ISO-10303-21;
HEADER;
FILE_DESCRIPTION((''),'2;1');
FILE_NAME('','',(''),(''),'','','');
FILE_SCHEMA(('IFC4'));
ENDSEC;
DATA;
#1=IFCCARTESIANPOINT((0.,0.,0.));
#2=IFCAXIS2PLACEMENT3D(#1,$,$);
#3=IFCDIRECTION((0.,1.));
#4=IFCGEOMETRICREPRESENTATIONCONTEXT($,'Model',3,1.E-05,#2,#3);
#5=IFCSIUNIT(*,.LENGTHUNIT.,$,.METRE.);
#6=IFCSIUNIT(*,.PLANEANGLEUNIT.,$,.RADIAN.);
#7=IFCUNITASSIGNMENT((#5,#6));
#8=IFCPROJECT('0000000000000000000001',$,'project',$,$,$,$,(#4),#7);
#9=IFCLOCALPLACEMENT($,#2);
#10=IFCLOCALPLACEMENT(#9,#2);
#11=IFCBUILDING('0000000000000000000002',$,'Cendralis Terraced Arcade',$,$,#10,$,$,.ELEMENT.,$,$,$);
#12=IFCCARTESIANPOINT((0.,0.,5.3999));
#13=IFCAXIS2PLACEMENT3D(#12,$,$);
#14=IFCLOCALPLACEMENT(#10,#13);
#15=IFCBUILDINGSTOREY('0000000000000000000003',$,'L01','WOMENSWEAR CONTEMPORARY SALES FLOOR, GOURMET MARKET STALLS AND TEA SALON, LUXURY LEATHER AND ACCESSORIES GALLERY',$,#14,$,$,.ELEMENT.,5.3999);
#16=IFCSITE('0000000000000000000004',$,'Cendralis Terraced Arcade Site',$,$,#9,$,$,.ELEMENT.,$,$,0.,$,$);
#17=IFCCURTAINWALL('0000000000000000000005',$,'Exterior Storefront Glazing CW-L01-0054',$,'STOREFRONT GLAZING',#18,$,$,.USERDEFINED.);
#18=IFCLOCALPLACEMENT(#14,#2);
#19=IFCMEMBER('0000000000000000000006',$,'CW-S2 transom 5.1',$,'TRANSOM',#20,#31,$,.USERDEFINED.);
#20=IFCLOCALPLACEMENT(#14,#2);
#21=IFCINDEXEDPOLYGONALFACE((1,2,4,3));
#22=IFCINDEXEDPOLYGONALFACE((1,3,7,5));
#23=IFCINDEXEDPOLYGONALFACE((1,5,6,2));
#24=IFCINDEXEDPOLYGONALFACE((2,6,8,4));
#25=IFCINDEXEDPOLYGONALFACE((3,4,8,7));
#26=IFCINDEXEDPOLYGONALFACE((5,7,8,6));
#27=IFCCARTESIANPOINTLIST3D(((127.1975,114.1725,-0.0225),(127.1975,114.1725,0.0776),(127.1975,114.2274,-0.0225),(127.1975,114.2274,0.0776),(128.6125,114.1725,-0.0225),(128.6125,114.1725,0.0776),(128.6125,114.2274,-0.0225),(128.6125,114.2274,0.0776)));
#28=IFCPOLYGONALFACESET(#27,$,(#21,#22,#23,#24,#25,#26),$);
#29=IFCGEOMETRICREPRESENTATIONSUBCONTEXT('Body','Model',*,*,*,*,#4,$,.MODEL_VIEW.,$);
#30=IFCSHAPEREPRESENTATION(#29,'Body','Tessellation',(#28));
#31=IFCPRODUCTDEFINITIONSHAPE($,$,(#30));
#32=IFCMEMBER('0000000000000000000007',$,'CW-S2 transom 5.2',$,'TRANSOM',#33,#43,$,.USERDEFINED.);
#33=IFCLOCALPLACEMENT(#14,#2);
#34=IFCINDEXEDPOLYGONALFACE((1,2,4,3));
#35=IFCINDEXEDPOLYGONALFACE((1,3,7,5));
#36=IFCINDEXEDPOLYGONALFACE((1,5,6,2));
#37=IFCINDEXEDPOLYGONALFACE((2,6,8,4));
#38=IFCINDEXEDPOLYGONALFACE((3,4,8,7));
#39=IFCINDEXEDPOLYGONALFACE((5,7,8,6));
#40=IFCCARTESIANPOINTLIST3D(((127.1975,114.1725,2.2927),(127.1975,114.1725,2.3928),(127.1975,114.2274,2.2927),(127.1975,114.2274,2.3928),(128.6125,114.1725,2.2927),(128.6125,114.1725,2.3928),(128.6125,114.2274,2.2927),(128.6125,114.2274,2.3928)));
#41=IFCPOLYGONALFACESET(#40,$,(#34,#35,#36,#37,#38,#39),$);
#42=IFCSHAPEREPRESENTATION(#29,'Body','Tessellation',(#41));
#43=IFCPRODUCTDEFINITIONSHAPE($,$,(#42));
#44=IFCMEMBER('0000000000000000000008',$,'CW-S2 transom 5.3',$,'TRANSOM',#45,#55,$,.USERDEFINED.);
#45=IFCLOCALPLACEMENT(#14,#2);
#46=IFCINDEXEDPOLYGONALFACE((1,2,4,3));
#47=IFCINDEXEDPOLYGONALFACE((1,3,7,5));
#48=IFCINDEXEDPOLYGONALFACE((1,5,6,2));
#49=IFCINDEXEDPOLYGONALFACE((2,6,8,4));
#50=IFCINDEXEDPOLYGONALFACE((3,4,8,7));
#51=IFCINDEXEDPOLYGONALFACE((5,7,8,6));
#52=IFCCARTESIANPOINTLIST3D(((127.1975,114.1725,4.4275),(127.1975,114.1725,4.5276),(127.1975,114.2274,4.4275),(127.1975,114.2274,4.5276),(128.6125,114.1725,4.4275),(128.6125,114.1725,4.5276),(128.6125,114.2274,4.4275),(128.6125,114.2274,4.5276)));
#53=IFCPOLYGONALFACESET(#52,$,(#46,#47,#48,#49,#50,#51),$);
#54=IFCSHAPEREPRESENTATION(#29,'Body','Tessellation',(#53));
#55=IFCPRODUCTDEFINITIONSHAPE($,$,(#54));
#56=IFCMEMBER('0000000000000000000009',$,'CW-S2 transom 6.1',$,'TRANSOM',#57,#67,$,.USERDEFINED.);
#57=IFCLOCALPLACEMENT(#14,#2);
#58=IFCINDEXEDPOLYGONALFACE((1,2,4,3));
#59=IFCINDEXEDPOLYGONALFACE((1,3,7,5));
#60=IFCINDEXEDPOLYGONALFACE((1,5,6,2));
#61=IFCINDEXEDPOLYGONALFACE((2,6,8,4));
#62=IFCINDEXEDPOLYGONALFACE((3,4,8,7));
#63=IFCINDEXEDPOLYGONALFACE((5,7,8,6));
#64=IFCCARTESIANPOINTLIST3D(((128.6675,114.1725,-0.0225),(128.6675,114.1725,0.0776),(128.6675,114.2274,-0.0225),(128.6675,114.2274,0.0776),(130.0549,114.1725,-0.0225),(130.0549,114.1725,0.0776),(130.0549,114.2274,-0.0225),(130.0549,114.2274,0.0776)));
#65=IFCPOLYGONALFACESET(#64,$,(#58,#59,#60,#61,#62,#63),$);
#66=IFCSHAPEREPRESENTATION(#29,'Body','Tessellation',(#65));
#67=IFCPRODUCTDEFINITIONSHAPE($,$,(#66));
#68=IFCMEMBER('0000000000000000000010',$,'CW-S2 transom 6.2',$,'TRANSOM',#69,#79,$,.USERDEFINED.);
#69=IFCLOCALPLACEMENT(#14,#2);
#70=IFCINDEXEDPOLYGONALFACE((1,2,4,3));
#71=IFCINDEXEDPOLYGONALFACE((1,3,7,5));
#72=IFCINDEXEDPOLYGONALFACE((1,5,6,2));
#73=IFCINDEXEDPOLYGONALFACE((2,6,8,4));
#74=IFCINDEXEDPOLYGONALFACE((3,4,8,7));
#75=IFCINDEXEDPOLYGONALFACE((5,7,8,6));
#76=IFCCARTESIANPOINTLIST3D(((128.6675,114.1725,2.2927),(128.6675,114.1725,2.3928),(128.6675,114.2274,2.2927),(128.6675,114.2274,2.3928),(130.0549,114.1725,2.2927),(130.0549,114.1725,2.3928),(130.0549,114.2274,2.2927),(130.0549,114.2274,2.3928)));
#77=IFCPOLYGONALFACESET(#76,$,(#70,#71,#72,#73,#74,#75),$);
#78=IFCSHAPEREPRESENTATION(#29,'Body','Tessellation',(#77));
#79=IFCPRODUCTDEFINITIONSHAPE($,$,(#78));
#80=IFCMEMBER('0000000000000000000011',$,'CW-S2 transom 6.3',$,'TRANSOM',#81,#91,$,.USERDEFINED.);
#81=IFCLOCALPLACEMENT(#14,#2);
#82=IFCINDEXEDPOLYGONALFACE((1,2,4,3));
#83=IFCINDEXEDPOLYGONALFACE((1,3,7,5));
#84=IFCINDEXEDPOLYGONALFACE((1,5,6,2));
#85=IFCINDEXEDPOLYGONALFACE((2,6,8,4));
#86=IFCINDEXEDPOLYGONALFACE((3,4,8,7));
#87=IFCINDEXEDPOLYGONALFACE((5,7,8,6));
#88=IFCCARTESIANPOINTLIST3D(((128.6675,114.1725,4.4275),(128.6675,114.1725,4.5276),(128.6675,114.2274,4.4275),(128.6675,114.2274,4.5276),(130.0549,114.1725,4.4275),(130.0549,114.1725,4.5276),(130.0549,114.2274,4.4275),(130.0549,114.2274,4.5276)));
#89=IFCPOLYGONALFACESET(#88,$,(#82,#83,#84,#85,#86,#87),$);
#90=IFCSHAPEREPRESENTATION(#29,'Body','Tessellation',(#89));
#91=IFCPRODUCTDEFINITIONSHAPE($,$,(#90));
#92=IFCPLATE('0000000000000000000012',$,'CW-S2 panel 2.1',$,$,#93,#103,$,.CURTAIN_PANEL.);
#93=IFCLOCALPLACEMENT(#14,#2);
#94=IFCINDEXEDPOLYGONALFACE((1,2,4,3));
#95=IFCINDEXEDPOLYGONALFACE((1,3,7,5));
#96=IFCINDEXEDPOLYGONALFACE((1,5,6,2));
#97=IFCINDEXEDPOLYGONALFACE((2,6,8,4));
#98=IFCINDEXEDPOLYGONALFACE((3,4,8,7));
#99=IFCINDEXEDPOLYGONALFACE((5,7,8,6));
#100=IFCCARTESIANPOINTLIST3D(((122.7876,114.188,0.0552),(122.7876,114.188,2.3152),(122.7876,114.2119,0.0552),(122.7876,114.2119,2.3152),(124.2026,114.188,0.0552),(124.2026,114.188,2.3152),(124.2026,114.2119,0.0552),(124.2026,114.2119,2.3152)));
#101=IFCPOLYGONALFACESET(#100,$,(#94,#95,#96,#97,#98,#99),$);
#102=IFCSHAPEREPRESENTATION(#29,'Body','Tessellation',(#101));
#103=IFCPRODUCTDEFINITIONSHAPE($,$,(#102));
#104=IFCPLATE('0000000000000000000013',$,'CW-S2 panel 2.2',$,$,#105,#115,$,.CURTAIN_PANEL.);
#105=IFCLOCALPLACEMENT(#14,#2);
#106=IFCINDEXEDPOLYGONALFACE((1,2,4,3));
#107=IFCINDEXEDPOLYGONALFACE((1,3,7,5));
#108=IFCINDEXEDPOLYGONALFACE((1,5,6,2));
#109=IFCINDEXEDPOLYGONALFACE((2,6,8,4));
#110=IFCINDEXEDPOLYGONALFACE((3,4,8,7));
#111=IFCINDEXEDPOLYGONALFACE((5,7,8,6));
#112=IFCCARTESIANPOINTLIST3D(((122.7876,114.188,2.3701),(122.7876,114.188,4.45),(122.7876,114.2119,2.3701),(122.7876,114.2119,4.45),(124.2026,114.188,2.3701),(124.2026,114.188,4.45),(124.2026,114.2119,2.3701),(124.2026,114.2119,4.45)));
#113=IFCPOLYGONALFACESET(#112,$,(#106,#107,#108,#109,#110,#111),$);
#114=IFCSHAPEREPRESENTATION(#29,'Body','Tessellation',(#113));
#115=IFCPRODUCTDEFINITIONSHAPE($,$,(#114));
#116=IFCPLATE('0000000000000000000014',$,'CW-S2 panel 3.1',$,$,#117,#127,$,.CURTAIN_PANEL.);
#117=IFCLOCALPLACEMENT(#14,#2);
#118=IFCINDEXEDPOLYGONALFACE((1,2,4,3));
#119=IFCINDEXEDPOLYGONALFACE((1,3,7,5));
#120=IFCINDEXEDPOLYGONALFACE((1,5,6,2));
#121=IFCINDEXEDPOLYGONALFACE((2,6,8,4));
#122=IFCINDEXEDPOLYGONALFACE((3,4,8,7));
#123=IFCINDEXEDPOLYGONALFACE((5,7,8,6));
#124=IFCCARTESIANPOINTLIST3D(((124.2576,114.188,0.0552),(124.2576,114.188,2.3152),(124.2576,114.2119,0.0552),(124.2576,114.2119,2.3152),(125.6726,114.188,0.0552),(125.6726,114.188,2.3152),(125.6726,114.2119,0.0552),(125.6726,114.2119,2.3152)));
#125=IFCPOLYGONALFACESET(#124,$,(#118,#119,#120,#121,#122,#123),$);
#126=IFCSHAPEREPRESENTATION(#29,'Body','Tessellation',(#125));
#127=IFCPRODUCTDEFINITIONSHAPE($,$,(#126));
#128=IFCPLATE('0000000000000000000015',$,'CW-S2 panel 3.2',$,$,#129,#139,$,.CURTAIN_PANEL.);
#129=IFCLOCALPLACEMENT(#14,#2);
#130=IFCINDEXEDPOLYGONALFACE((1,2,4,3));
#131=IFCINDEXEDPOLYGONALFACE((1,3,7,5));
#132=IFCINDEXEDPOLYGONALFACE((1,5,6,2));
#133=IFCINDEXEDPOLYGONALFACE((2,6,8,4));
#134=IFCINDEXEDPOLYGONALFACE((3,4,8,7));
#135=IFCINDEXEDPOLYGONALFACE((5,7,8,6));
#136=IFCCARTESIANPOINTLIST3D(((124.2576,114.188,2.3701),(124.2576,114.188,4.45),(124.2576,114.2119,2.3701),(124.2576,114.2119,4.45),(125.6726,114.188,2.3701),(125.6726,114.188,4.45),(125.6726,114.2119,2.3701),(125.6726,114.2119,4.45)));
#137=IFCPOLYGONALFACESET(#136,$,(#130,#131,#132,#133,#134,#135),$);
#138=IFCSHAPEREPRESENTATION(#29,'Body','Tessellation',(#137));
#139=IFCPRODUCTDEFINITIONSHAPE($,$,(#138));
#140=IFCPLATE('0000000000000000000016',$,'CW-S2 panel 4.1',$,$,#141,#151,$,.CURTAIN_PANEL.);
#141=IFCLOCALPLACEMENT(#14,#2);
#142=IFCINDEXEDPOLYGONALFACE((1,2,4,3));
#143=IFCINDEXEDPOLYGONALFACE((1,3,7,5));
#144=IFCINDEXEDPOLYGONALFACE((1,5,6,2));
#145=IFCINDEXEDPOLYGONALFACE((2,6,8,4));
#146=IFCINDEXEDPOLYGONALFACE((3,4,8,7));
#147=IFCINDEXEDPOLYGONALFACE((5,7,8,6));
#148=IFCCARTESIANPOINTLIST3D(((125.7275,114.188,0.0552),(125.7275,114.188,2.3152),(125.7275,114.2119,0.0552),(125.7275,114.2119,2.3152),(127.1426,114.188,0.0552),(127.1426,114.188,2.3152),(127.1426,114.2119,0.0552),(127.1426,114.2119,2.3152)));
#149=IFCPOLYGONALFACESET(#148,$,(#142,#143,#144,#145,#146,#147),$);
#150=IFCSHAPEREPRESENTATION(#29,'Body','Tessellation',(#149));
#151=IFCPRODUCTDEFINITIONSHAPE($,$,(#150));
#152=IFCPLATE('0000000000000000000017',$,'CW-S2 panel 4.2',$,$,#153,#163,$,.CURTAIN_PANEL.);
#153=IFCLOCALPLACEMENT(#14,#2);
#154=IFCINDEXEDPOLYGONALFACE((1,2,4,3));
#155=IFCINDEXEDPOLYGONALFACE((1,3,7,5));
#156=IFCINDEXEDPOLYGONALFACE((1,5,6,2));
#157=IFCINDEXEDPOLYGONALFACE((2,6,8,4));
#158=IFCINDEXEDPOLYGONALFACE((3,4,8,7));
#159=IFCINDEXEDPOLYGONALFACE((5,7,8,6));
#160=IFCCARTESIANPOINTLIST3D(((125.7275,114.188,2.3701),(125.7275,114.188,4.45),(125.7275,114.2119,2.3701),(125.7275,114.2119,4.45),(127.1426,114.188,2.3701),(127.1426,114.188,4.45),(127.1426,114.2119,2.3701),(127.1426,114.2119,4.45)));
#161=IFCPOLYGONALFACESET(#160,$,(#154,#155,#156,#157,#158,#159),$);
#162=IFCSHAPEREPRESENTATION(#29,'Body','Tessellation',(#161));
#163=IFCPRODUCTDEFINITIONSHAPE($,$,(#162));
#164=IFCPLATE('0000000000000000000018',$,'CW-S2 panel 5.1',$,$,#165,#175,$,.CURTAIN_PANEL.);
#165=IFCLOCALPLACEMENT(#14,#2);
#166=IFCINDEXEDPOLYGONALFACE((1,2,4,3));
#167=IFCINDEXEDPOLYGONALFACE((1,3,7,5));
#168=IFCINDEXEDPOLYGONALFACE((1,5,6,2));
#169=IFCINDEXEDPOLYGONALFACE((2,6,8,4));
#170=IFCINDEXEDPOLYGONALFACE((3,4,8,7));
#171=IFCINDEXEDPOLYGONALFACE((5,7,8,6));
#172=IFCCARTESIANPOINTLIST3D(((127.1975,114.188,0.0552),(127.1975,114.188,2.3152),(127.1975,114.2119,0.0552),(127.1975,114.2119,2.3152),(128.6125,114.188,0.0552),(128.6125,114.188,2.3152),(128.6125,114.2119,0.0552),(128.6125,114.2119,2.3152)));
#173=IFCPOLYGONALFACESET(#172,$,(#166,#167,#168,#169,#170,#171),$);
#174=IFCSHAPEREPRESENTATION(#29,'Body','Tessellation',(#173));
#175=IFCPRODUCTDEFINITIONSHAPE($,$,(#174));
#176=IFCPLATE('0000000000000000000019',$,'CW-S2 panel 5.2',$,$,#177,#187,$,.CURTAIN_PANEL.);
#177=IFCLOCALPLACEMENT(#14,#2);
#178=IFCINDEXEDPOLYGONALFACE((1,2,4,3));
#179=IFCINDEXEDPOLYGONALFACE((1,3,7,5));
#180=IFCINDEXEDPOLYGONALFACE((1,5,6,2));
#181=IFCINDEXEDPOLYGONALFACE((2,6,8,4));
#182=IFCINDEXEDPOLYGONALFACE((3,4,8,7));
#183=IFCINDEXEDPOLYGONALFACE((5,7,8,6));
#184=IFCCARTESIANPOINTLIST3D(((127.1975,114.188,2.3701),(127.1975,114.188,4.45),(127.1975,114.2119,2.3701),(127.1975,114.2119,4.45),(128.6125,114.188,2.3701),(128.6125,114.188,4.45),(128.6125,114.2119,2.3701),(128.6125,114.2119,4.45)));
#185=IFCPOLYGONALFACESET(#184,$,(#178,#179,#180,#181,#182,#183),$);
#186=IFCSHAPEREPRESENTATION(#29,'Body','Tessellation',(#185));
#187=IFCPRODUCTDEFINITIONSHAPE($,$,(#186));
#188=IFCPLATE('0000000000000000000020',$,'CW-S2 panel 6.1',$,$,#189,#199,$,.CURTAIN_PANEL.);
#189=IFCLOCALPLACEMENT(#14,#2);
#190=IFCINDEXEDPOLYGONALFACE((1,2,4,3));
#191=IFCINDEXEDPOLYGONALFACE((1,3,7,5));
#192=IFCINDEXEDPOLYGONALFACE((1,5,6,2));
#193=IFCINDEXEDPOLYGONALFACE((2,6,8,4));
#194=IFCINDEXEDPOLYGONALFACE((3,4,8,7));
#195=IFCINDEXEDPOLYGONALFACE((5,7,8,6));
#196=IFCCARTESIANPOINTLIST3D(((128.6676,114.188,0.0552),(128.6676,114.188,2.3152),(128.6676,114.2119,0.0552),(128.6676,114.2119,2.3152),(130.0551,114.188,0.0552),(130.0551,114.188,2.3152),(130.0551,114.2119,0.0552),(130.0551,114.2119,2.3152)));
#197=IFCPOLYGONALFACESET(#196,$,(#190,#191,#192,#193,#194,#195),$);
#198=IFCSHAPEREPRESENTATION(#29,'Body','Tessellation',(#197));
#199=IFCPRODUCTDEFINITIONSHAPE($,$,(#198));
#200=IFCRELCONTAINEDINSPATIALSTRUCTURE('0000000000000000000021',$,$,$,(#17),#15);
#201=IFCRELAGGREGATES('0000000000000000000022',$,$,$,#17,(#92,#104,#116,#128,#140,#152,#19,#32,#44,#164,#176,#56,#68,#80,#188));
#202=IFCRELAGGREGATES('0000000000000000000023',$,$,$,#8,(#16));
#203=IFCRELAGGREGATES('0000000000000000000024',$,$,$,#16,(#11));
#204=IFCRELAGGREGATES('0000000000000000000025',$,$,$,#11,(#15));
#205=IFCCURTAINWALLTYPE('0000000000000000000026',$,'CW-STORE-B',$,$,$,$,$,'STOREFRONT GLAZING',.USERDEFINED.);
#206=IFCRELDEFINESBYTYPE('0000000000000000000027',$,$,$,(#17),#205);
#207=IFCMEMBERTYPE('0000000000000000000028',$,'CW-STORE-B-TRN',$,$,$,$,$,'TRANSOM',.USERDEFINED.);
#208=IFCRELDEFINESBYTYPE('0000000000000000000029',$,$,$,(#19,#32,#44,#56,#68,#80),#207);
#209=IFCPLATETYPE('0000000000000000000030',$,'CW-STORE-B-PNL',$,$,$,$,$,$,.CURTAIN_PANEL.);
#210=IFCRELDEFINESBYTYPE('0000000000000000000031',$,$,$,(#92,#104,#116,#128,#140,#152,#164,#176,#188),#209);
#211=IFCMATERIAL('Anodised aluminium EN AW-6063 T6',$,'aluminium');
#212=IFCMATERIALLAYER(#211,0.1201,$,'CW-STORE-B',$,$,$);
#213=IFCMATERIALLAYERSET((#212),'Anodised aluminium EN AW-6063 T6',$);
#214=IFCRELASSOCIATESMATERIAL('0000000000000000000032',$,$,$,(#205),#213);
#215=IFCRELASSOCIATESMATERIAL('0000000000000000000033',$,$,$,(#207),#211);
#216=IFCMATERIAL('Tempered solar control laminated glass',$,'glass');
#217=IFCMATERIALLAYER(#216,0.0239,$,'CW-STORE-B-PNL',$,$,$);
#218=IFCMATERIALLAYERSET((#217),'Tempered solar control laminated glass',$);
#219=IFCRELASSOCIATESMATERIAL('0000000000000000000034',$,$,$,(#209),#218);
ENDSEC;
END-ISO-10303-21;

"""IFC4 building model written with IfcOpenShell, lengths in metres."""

from ifc_helpers import new_model, si_unit, direction, frame, origin, origin_2d, place, context, subcontext, project, spatial, rectangle, extrude, material, layer, layer_set, material_profile, profile_set, type_object, element, aggregate, save


model = new_model("IFC4")

# Units and contexts
model_context = context("Model", 3, precision=1e-05, world=origin(), true_north=direction((0.0, 1.0)))
body_context = subcontext(model_context, "Body", "Model", "MODEL_VIEW")
ifc_project = project(units=[si_unit("LENGTHUNIT", "METRE"), si_unit("PLANEANGLEUNIT", "RADIAN")], contexts=[model_context])

# Site, building, storey
site_placement = place(None, origin())
site = spatial("IfcSite", under=ifc_project, at=site_placement, Name="Cendralis Terraced Arcade Site", CompositionType="ELEMENT", RefElevation=0.0)
building_placement = place(site_placement, origin())
building = spatial("IfcBuilding", under=site, at=building_placement, Name="Cendralis Terraced Arcade", CompositionType="ELEMENT")
storey_placement = place(building_placement, frame((0.0, 0.0, 5.3999)))
storey = spatial("IfcBuildingStorey", under=building, at=storey_placement, Name="L01", Description="WOMENSWEAR CONTEMPORARY SALES FLOOR, GOURMET MARKET STALLS AND TEA SALON, LUXURY LEATHER AND ACCESSORIES GALLERY", CompositionType="ELEMENT", Elevation=5.3999)

# Curtain wall, members, plates
ifc_material_1 = material(Name="Anodised aluminium EN AW-6063 T6", Category="aluminium")
ifc_layer_1 = layer(ifc_material_1, 0.1201, Name="CW-STORE-B")
ifc_layer_set_1 = layer_set([ifc_layer_1], Name="Anodised aluminium EN AW-6063 T6")
curtain_wall_type = type_object("IfcCurtainWallType", Name="CW-STORE-B", ElementType="STOREFRONT GLAZING", PredefinedType="USERDEFINED", material=ifc_layer_set_1)
curtain_wall_placement = place(storey_placement, origin())
curtain_wall = element("IfcCurtainWall", 1, at=curtain_wall_placement, inside=storey, type_object=curtain_wall_type, Name="Exterior Storefront Glazing CW-L01-0054", ObjectType="STOREFRONT GLAZING", PredefinedType="USERDEFINED")
ifc_material_profile_1 = material_profile(ifc_material_1, rectangle(XDim=0.0549, YDim=0.1001, at=origin_2d()), Name="ALU-TRN-55x100")
ifc_profile_set_1 = profile_set([ifc_material_profile_1], Name="Anodised aluminium EN AW-6063 T6")
member_type_1 = type_object("IfcMemberType", Name="CW-STORE-B-TRN", ElementType="TRANSOM", PredefinedType="USERDEFINED", material=ifc_profile_set_1)
member_1_placement = place(storey_placement, frame((127.1975, 114.2, 0.0276), z_axis=(1.0, 0.0, 0.0), x_axis=(0.0, 1.0, 0.0)))
member_1 = element("IfcMember", 2, at=member_1_placement, type_object=member_type_1, Name="CW-S2 transom 5.1", ObjectType="TRANSOM", PredefinedType="USERDEFINED", context=body_context, shape_type="SweptSolid", body=[
    extrude(rectangle(XDim=0.0549, YDim=0.1001, at=origin_2d()), origin(), (0.0, 0.0, 1.0), 1.415),
])
member_2_placement = place(storey_placement, frame((127.1975, 114.2, 2.3428), z_axis=(1.0, 0.0, 0.0), x_axis=(0.0, 1.0, 0.0)))
member_2 = element("IfcMember", 3, at=member_2_placement, type_object=member_type_1, Name="CW-S2 transom 5.2", ObjectType="TRANSOM", PredefinedType="USERDEFINED", context=body_context, shape_type="SweptSolid", body=[
    extrude(rectangle(XDim=0.0549, YDim=0.1001, at=origin_2d()), origin(), (0.0, 0.0, 1.0), 1.415),
])
member_3_placement = place(storey_placement, frame((127.1975, 114.2, 4.4775), z_axis=(1.0, 0.0, 0.0), x_axis=(0.0, 1.0, 0.0)))
member_3 = element("IfcMember", 4, at=member_3_placement, type_object=member_type_1, Name="CW-S2 transom 5.3", ObjectType="TRANSOM", PredefinedType="USERDEFINED", context=body_context, shape_type="SweptSolid", body=[
    extrude(rectangle(XDim=0.0549, YDim=0.1001, at=origin_2d()), origin(), (0.0, 0.0, 1.0), 1.415),
])
member_4_placement = place(storey_placement, frame((128.6675, 114.2, 0.0276), z_axis=(1.0, 0.0, 0.0), x_axis=(0.0, 1.0, 0.0)))
member_4 = element("IfcMember", 5, at=member_4_placement, type_object=member_type_1, Name="CW-S2 transom 6.1", ObjectType="TRANSOM", PredefinedType="USERDEFINED", context=body_context, shape_type="SweptSolid", body=[
    extrude(rectangle(XDim=0.0549, YDim=0.1001, at=origin_2d()), origin(), (0.0, 0.0, 1.0), 1.3875),
])
member_5_placement = place(storey_placement, frame((128.6675, 114.2, 2.3428), z_axis=(1.0, 0.0, 0.0), x_axis=(0.0, 1.0, 0.0)))
member_5 = element("IfcMember", 6, at=member_5_placement, type_object=member_type_1, Name="CW-S2 transom 6.2", ObjectType="TRANSOM", PredefinedType="USERDEFINED", context=body_context, shape_type="SweptSolid", body=[
    extrude(rectangle(XDim=0.0549, YDim=0.1001, at=origin_2d()), origin(), (0.0, 0.0, 1.0), 1.3875),
])
member_6_placement = place(storey_placement, frame((128.6675, 114.2, 4.4775), z_axis=(1.0, 0.0, 0.0), x_axis=(0.0, 1.0, 0.0)))
member_6 = element("IfcMember", 7, at=member_6_placement, type_object=member_type_1, Name="CW-S2 transom 6.3", ObjectType="TRANSOM", PredefinedType="USERDEFINED", context=body_context, shape_type="SweptSolid", body=[
    extrude(rectangle(XDim=0.0549, YDim=0.1001, at=origin_2d()), origin(), (0.0, 0.0, 1.0), 1.3875),
])
ifc_material_2 = material(Name="Tempered solar control laminated glass", Category="glass")
ifc_layer_2 = layer(ifc_material_2, 0.0239, Name="CW-STORE-B-PNL")
ifc_layer_set_2 = layer_set([ifc_layer_2], Name="Tempered solar control laminated glass")
plate_type = type_object("IfcPlateType", Name="CW-STORE-B-PNL", PredefinedType="CURTAIN_PANEL", material=ifc_layer_set_2)
plate_1_placement = place(storey_placement, frame((123.4951, 114.2, 0.0552), z_axis=(0.0, 0.0, 1.0), x_axis=(1.0, 0.0, 0.0)))
plate_1 = element("IfcPlate", 8, at=plate_1_placement, type_object=plate_type, Name="CW-S2 panel 2.1", PredefinedType="CURTAIN_PANEL", context=body_context, shape_type="SweptSolid", body=[
    extrude(rectangle(XDim=1.415, YDim=0.0239, at=origin_2d()), origin(), (0.0, 0.0, 1.0), 2.26),
])
plate_2_placement = place(storey_placement, frame((123.4951, 114.2, 2.3701), z_axis=(0.0, 0.0, 1.0), x_axis=(1.0, 0.0, 0.0)))
plate_2 = element("IfcPlate", 9, at=plate_2_placement, type_object=plate_type, Name="CW-S2 panel 2.2", PredefinedType="CURTAIN_PANEL", context=body_context, shape_type="SweptSolid", body=[
    extrude(rectangle(XDim=1.415, YDim=0.0239, at=origin_2d()), origin(), (0.0, 0.0, 1.0), 2.0798),
])
plate_3_placement = place(storey_placement, frame((124.9651, 114.2, 0.0552), z_axis=(0.0, 0.0, 1.0), x_axis=(1.0, 0.0, 0.0)))
plate_3 = element("IfcPlate", 10, at=plate_3_placement, type_object=plate_type, Name="CW-S2 panel 3.1", PredefinedType="CURTAIN_PANEL", context=body_context, shape_type="SweptSolid", body=[
    extrude(rectangle(XDim=1.415, YDim=0.0239, at=origin_2d()), origin(), (0.0, 0.0, 1.0), 2.26),
])
plate_4_placement = place(storey_placement, frame((124.9651, 114.2, 2.3701), z_axis=(0.0, 0.0, 1.0), x_axis=(1.0, 0.0, 0.0)))
plate_4 = element("IfcPlate", 11, at=plate_4_placement, type_object=plate_type, Name="CW-S2 panel 3.2", PredefinedType="CURTAIN_PANEL", context=body_context, shape_type="SweptSolid", body=[
    extrude(rectangle(XDim=1.415, YDim=0.0239, at=origin_2d()), origin(), (0.0, 0.0, 1.0), 2.0798),
])
plate_5_placement = place(storey_placement, frame((126.4351, 114.2, 0.0552), z_axis=(0.0, 0.0, 1.0), x_axis=(1.0, 0.0, 0.0)))
plate_5 = element("IfcPlate", 12, at=plate_5_placement, type_object=plate_type, Name="CW-S2 panel 4.1", PredefinedType="CURTAIN_PANEL", context=body_context, shape_type="SweptSolid", body=[
    extrude(rectangle(XDim=1.415, YDim=0.0239, at=origin_2d()), origin(), (0.0, 0.0, 1.0), 2.26),
])
plate_6_placement = place(storey_placement, frame((126.4351, 114.2, 2.3701), z_axis=(0.0, 0.0, 1.0), x_axis=(1.0, 0.0, 0.0)))
plate_6 = element("IfcPlate", 13, at=plate_6_placement, type_object=plate_type, Name="CW-S2 panel 4.2", PredefinedType="CURTAIN_PANEL", context=body_context, shape_type="SweptSolid", body=[
    extrude(rectangle(XDim=1.415, YDim=0.0239, at=origin_2d()), origin(), (0.0, 0.0, 1.0), 2.0798),
])
plate_7_placement = place(storey_placement, frame((127.905, 114.2, 0.0552), z_axis=(0.0, 0.0, 1.0), x_axis=(1.0, 0.0, 0.0)))
plate_7 = element("IfcPlate", 14, at=plate_7_placement, type_object=plate_type, Name="CW-S2 panel 5.1", PredefinedType="CURTAIN_PANEL", context=body_context, shape_type="SweptSolid", body=[
    extrude(rectangle(XDim=1.415, YDim=0.0239, at=origin_2d()), origin(), (0.0, 0.0, 1.0), 2.26),
])
plate_8_placement = place(storey_placement, frame((127.905, 114.2, 2.3701), z_axis=(0.0, 0.0, 1.0), x_axis=(1.0, 0.0, 0.0)))
plate_8 = element("IfcPlate", 15, at=plate_8_placement, type_object=plate_type, Name="CW-S2 panel 5.2", PredefinedType="CURTAIN_PANEL", context=body_context, shape_type="SweptSolid", body=[
    extrude(rectangle(XDim=1.415, YDim=0.0239, at=origin_2d()), origin(), (0.0, 0.0, 1.0), 2.0798),
])
plate_9_placement = place(storey_placement, frame((129.3613, 114.2, 0.0552), z_axis=(0.0, 0.0, 1.0), x_axis=(1.0, 0.0, 0.0)))
plate_9 = element("IfcPlate", 16, at=plate_9_placement, type_object=plate_type, Name="CW-S2 panel 6.1", PredefinedType="CURTAIN_PANEL", context=body_context, shape_type="SweptSolid", body=[
    extrude(rectangle(XDim=1.3875, YDim=0.0239, at=origin_2d()), origin(), (0.0, 0.0, 1.0), 2.26),
])
aggregate(curtain_wall, [plate_1, plate_2, plate_3, plate_4, plate_5, plate_6, member_1, member_2, member_3, plate_7, plate_8, member_4, member_5, member_6, plate_9])

save(model, "model.ifc")
